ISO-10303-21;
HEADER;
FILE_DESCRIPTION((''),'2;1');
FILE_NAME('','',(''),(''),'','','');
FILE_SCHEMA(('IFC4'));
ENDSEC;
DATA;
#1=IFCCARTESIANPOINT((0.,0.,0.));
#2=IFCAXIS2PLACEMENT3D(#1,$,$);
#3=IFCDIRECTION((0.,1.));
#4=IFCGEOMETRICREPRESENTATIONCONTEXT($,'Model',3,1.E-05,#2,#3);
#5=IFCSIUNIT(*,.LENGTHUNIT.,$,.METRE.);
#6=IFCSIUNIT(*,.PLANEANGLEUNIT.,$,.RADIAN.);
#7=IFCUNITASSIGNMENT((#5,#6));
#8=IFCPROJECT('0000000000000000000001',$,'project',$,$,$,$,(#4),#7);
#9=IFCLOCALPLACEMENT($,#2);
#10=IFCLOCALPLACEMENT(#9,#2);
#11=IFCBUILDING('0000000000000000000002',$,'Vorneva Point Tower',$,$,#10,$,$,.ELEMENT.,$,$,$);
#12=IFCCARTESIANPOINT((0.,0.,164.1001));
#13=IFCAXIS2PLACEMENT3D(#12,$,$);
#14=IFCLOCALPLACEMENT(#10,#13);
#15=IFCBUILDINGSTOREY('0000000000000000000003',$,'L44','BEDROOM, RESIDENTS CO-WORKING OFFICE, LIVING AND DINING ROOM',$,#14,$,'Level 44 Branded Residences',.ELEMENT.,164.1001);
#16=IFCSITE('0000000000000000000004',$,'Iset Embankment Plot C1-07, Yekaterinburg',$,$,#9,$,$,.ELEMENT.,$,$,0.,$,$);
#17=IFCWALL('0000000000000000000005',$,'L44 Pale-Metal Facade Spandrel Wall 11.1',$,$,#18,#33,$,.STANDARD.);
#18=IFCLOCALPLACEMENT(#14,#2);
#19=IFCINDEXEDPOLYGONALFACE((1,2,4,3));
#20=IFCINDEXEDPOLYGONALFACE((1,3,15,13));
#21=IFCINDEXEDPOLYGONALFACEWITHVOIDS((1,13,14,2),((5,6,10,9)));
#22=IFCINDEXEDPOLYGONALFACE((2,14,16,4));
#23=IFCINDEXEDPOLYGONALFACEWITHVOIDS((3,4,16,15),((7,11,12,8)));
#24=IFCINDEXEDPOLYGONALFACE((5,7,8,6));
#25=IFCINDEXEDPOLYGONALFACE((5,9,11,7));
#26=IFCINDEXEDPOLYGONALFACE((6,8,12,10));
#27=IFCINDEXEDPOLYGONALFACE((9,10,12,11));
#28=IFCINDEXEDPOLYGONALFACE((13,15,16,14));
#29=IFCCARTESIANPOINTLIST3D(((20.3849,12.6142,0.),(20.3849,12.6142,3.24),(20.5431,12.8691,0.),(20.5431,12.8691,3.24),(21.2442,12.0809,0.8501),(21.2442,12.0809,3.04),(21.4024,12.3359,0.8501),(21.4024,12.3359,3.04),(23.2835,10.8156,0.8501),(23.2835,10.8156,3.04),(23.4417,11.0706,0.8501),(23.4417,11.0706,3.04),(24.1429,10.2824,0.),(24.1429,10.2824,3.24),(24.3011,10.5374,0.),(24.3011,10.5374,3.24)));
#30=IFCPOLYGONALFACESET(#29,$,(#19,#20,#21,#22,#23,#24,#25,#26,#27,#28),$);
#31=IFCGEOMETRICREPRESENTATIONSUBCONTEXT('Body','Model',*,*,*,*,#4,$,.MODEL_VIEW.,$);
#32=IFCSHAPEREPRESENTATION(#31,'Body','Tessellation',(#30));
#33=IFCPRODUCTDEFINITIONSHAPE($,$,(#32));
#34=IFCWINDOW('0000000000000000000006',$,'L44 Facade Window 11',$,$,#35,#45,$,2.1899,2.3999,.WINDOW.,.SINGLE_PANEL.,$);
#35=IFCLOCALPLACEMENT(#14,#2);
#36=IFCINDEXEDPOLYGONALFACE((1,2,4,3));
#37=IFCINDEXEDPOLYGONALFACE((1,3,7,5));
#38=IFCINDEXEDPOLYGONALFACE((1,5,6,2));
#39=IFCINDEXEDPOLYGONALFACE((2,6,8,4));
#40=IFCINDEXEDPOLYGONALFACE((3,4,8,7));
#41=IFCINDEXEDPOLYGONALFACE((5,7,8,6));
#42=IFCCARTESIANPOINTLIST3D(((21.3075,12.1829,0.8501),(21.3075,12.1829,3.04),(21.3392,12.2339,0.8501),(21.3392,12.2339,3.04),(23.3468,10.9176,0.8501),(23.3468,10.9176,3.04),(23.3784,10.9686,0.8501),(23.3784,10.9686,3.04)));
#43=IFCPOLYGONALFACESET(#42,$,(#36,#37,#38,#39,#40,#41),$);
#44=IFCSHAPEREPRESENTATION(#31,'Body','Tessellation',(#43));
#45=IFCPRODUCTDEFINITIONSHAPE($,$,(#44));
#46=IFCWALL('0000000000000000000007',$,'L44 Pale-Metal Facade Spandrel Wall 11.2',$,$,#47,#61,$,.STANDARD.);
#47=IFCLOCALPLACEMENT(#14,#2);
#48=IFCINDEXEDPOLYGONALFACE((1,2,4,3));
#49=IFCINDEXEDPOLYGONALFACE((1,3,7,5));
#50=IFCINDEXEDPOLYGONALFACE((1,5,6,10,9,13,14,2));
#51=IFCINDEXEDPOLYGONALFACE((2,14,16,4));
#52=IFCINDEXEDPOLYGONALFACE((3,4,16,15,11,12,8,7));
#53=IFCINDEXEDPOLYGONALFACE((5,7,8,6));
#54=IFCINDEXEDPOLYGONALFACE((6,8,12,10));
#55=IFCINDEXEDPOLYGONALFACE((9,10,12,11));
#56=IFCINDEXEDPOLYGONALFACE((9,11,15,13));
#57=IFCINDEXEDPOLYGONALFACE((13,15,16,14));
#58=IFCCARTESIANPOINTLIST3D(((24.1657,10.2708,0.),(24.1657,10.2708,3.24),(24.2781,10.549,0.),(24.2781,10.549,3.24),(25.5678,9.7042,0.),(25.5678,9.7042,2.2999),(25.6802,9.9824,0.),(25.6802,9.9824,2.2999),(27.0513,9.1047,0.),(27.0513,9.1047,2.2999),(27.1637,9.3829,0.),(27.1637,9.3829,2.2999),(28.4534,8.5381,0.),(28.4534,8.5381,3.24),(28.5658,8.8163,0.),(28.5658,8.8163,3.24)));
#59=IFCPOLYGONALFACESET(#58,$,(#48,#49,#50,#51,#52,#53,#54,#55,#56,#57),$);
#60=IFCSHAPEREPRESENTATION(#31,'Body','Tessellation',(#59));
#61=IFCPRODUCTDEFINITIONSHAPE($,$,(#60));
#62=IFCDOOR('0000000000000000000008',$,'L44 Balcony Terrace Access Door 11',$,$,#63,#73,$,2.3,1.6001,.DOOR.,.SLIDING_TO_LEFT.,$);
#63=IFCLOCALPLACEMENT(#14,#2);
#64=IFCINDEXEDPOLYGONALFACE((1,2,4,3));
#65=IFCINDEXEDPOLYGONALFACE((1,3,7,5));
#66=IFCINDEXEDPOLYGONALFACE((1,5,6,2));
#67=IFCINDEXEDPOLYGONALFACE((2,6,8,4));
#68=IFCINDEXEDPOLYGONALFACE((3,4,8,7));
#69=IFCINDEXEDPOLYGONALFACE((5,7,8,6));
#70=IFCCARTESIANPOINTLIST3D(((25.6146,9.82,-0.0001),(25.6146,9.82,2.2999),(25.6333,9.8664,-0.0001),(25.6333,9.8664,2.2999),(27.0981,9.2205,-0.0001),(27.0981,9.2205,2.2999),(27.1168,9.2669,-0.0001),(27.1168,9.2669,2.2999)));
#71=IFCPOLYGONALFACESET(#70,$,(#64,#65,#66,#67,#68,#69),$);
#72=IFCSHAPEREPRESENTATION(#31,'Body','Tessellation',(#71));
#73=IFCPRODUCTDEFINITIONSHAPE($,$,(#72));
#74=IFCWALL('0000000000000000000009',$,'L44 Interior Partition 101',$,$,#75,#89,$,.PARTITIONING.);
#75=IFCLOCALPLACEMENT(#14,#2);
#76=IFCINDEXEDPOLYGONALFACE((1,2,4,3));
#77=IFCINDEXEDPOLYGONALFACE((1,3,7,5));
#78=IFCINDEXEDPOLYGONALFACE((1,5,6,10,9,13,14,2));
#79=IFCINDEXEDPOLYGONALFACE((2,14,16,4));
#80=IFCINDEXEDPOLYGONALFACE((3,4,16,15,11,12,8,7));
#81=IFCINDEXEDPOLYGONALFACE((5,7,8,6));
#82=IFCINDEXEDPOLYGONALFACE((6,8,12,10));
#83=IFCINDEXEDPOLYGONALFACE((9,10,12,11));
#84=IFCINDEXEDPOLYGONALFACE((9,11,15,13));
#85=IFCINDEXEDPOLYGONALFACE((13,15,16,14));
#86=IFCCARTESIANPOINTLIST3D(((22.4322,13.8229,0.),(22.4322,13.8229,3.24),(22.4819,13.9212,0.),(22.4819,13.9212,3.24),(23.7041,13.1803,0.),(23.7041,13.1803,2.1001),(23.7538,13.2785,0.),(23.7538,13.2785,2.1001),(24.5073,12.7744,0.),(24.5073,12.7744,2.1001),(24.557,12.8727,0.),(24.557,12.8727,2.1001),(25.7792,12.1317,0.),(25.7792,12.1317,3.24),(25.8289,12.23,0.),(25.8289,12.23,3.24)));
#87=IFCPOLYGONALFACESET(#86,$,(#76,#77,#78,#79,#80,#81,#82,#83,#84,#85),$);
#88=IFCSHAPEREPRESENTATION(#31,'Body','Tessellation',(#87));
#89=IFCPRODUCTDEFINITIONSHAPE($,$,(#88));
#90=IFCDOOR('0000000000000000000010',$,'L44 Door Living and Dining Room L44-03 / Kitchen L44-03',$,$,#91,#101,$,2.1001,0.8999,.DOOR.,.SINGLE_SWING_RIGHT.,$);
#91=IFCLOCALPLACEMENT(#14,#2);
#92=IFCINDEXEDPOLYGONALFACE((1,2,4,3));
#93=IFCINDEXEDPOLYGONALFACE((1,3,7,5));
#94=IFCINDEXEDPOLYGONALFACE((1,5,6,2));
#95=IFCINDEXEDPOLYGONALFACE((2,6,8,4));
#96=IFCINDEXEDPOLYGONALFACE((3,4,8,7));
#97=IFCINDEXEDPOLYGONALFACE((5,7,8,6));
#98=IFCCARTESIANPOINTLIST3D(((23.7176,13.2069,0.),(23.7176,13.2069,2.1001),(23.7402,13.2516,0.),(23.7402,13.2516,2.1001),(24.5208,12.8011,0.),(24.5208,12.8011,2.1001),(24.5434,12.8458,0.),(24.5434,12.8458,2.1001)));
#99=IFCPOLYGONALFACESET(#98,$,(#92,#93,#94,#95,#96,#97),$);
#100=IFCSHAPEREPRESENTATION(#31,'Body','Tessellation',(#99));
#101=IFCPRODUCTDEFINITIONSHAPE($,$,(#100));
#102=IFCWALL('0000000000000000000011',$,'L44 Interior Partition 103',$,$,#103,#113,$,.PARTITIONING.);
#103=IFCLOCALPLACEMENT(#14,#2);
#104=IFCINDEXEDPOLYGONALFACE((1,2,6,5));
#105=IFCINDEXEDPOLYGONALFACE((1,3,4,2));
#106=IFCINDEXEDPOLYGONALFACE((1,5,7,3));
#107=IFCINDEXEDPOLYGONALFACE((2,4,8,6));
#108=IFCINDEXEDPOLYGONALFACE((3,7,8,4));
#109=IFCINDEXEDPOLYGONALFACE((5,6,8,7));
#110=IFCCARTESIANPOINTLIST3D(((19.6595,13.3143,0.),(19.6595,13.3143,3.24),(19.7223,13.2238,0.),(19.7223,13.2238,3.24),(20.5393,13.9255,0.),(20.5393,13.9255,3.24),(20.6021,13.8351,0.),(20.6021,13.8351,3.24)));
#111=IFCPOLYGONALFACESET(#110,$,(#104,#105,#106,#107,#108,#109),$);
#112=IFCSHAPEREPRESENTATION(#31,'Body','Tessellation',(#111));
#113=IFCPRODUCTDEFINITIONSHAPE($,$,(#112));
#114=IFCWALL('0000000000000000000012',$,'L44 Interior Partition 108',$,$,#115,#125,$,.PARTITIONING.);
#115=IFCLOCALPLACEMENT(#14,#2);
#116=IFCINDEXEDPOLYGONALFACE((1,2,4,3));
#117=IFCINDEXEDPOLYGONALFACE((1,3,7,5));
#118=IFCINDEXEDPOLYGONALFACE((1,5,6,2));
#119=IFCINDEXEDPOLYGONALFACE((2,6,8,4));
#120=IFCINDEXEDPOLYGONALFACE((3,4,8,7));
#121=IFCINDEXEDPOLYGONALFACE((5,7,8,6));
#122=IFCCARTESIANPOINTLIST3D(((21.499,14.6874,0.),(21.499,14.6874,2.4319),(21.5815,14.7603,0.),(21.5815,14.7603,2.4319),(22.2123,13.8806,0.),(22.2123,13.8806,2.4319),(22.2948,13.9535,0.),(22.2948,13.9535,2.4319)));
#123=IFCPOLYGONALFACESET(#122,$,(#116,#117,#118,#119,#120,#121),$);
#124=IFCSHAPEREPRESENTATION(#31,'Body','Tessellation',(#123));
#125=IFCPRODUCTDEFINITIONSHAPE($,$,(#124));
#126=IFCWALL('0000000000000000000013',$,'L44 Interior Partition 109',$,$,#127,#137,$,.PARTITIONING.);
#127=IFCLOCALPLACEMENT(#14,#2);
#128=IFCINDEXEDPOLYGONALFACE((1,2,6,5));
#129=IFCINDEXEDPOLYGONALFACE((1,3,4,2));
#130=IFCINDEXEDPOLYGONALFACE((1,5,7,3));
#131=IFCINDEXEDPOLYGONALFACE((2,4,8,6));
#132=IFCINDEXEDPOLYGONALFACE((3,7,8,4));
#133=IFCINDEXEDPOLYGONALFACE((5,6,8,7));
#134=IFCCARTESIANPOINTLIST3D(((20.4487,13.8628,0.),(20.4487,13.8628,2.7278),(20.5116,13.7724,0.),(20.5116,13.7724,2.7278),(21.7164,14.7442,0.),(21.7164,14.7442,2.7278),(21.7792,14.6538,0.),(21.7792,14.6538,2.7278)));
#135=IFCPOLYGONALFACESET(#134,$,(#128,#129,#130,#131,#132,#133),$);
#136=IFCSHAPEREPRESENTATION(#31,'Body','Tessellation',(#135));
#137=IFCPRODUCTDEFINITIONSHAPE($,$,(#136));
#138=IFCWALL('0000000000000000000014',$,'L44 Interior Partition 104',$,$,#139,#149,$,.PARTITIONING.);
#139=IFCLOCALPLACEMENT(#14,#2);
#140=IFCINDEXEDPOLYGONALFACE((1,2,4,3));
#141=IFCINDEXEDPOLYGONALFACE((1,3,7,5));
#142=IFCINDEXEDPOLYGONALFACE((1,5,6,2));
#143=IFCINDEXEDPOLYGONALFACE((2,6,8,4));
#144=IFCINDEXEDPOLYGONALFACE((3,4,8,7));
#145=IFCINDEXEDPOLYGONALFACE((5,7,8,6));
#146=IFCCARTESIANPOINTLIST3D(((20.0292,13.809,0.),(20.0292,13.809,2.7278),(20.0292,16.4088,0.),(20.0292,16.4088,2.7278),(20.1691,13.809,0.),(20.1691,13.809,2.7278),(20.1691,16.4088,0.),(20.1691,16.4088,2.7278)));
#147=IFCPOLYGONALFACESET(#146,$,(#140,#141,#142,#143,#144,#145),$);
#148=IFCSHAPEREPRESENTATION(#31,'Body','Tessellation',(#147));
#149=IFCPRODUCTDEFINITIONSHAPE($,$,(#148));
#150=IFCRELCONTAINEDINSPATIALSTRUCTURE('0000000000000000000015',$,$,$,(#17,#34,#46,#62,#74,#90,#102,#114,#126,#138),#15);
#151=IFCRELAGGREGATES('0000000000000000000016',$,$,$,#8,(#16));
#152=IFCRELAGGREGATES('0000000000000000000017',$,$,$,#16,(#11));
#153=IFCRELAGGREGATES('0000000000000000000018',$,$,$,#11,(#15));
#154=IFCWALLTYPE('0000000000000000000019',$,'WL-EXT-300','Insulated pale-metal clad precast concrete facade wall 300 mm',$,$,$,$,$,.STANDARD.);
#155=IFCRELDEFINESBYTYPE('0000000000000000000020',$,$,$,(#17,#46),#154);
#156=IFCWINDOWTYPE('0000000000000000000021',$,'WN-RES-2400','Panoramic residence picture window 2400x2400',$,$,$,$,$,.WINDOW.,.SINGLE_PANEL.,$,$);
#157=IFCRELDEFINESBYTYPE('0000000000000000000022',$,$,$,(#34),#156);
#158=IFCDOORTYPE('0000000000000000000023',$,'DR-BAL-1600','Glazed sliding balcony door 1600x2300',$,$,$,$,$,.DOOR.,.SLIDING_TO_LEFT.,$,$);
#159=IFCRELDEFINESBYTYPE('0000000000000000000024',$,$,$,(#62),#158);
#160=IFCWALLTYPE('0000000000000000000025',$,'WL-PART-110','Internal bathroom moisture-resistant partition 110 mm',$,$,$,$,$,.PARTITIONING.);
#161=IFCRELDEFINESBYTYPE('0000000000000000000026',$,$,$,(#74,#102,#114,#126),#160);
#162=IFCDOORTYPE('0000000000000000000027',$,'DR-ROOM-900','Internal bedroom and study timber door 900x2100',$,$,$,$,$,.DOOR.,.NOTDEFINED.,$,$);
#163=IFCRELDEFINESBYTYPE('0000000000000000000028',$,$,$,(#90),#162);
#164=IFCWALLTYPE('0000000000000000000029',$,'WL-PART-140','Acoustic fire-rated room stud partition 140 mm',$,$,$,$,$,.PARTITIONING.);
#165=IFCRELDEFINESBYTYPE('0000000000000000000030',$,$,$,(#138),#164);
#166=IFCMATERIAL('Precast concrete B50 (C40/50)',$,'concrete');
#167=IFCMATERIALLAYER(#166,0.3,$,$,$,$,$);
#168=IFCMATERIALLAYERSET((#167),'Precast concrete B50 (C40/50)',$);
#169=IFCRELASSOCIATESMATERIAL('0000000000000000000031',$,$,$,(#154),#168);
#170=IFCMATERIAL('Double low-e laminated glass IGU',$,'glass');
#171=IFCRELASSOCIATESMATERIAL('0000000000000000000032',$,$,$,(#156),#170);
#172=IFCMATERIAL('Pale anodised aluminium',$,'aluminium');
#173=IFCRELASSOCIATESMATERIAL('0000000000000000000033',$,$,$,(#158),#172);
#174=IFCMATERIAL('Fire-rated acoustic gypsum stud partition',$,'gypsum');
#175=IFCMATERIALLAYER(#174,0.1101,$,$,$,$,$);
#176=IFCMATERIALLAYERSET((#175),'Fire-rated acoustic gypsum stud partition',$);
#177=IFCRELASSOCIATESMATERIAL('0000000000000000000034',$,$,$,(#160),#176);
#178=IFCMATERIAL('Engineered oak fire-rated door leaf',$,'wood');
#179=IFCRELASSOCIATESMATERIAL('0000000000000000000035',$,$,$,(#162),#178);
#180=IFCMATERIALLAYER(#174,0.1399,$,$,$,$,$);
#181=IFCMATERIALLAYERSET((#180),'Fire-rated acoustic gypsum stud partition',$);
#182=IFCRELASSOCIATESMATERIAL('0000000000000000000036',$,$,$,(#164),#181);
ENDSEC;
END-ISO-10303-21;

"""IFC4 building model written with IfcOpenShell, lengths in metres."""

from ifc_helpers import new_model, si_unit, direction, frame, frame_2d, origin, place, context, subcontext, project, spatial, rectangle, extrude, material, layer, layer_set, type_object, element, fill, save


model = new_model("IFC4")

# Units and contexts
model_context = context("Model", 3, precision=1e-05, world=origin(), true_north=direction((0.0, 1.0)))
body_context = subcontext(model_context, "Body", "Model", "MODEL_VIEW")
ifc_project = project(units=[si_unit("LENGTHUNIT", "METRE"), si_unit("PLANEANGLEUNIT", "RADIAN")], contexts=[model_context])

# Site, building, storey
site_placement = place(None, origin())
site = spatial("IfcSite", under=ifc_project, at=site_placement, Name="Iset Embankment Plot C1-07, Yekaterinburg", CompositionType="ELEMENT", RefElevation=0.0)
building_placement = place(site_placement, origin())
building = spatial("IfcBuilding", under=site, at=building_placement, Name="Vorneva Point Tower", CompositionType="ELEMENT")
storey_placement = place(building_placement, frame((0.0, 0.0, 164.1001)))
storey = spatial("IfcBuildingStorey", under=building, at=storey_placement, Name="L44", Description="BEDROOM, RESIDENTS CO-WORKING OFFICE, LIVING AND DINING ROOM", LongName="Level 44 Branded Residences", CompositionType="ELEMENT", Elevation=164.1001)

# Shared definitions
ifc_material_1 = material(Name="Pale anodised aluminium", Category="aluminium")
ifc_material_2 = material(Name="Double low-e laminated glass IGU", Category="glass")

# Wall, opening, window
ifc_material_3 = material(Name="Precast concrete B50 (C40/50)", Category="concrete")
ifc_layer_1 = layer(ifc_material_3, 0.3)
ifc_layer_set_1 = layer_set([ifc_layer_1], Name="Precast concrete B50 (C40/50)")
wall_type_1 = type_object("IfcWallType", Name="WL-EXT-300", Description="Insulated pale-metal clad precast concrete facade wall 300 mm", PredefinedType="STANDARD", material=ifc_layer_set_1)
wall_1_placement = place(storey_placement, frame((20.4639, 12.7417, 0.0), z_axis=(0.0, 0.0, 1.0), x_axis=(0.849721, -0.527232, 0.0)))
wall_1 = element("IfcWall", 1, at=wall_1_placement, inside=storey, type_object=wall_type_1, Name="L44 Pale-Metal Facade Spandrel Wall 11.1", PredefinedType="STANDARD", context=body_context, shape_type="SweptSolid", body=[
    extrude(rectangle(XDim=4.4226, YDim=0.3, at=frame_2d((2.2114, 0.0))), origin(), (0.0, 0.0, 1.0), 3.24),
])
opening_1_placement = place(wall_1_placement, frame((1.0115, 0.0, 0.8501)))
opening_1 = element("IfcOpeningElement", 2, at=opening_1_placement, cuts=wall_1, PredefinedType="OPENING", context=body_context, shape_type="SweptSolid", body=[
    extrude(rectangle(XDim=2.3999, YDim=2.1899, at=frame_2d((1.2, 1.095))), frame((0.0, 0.165, 0.0), z_axis=(0.0, -1.0, 0.0), x_axis=(1.0, 0.0, 0.0)), (0.0, 0.0, 1.0), 0.3298),
])
window_type = type_object("IfcWindowType", Name="WN-RES-2400", Description="Panoramic residence picture window 2400x2400", PartitioningType="SINGLE_PANEL", PredefinedType="WINDOW", material=ifc_material_2)
window_placement = place(opening_1_placement, origin())
window = element("IfcWindow", 3, at=window_placement, inside=storey, type_object=window_type, Name="L44 Facade Window 11", OverallHeight=2.1899, OverallWidth=2.3999, PartitioningType="SINGLE_PANEL", PredefinedType="WINDOW", context=body_context, shape_type="SweptSolid", body=[
    extrude(rectangle(XDim=2.3999, YDim=2.1899, at=frame_2d((1.2, 1.095))), frame((0.0, 0.03, 0.0), z_axis=(0.0, -1.0, 0.0), x_axis=(1.0, 0.0, 0.0)), (0.0, 0.0, 1.0), 0.0601),
])
fill(opening_1, window)

# Walls, openings, doors
wall_2_placement = place(storey_placement, frame((24.2219, 10.4099, 0.0), z_axis=(0.0, 0.0, 1.0), x_axis=(0.927157, -0.374674, 0.0)))
wall_2 = element("IfcWall", 4, at=wall_2_placement, inside=storey, type_object=wall_type_1, Name="L44 Pale-Metal Facade Spandrel Wall 11.2", PredefinedType="STANDARD", context=body_context, shape_type="SweptSolid", body=[
    extrude(rectangle(XDim=4.6245, YDim=0.3, at=frame_2d((2.3123, 0.0))), origin(), (0.0, 0.0, 1.0), 3.24),
])
opening_2_placement = place(wall_2_placement, frame((1.5122, 0.0, 0.0)))
opening_2 = element("IfcOpeningElement", 5, at=opening_2_placement, cuts=wall_2, PredefinedType="OPENING", context=body_context, shape_type="SweptSolid", body=[
    extrude(rectangle(XDim=1.6001, YDim=2.3, at=frame_2d((0.8, 1.1499))), frame((0.0, 0.165, 0.0), z_axis=(0.0, -1.0, 0.0), x_axis=(1.0, 0.0, 0.0)), (0.0, 0.0, 1.0), 0.3298),
])
door_type_1 = type_object("IfcDoorType", Name="DR-BAL-1600", Description="Glazed sliding balcony door 1600x2300", OperationType="SLIDING_TO_LEFT", PredefinedType="DOOR", material=ifc_material_1)
door_1_placement = place(opening_2_placement, origin())
door_1 = element("IfcDoor", 6, at=door_1_placement, inside=storey, type_object=door_type_1, Name="L44 Balcony Terrace Access Door 11", OperationType="SLIDING_TO_LEFT", OverallHeight=2.3, OverallWidth=1.6001, PredefinedType="DOOR", context=body_context, shape_type="SweptSolid", body=[
    extrude(rectangle(XDim=1.6001, YDim=2.3, at=frame_2d((0.8, 1.1499))), frame((0.0, 0.0249, 0.0), z_axis=(0.0, -1.0, 0.0), x_axis=(1.0, 0.0, 0.0)), (0.0, 0.0, 1.0), 0.05),
])
fill(opening_2, door_1)
ifc_material_4 = material(Name="Fire-rated acoustic gypsum stud partition", Category="gypsum")
ifc_layer_2 = layer(ifc_material_4, 0.1101)
ifc_layer_set_2 = layer_set([ifc_layer_2], Name="Fire-rated acoustic gypsum stud partition")
wall_type_2 = type_object("IfcWallType", Name="WL-PART-110", Description="Internal bathroom moisture-resistant partition 110 mm", PredefinedType="PARTITIONING", material=ifc_layer_set_2)
wall_3_placement = place(storey_placement, frame((22.457, 13.8721, 0.0), z_axis=(0.0, 0.0, 1.0), x_axis=(0.892531, -0.450986, 0.0)))
wall_3 = element("IfcWall", 7, at=wall_3_placement, inside=storey, type_object=wall_type_2, Name="L44 Interior Partition 101", PredefinedType="PARTITIONING", context=body_context, shape_type="SweptSolid", body=[
    extrude(rectangle(XDim=3.75, YDim=0.1101, at=frame_2d((1.875, 0.0))), origin(), (0.0, 0.0, 1.0), 3.24),
])
opening_3_placement = place(wall_3_placement, frame((1.425, 0.0, 0.0)))
opening_3 = element("IfcOpeningElement", 8, at=opening_3_placement, cuts=wall_3, PredefinedType="OPENING", context=body_context, shape_type="SweptSolid", body=[
    extrude(rectangle(XDim=0.8999, YDim=2.1001, at=frame_2d((0.45, 1.05))), frame((0.0, 0.0698, 0.0), z_axis=(0.0, -1.0, 0.0), x_axis=(1.0, 0.0, 0.0)), (0.0, 0.0, 1.0), 0.1399),
])
ifc_material_5 = material(Name="Engineered oak fire-rated door leaf", Category="wood")
door_type_2 = type_object("IfcDoorType", Name="DR-ROOM-900", Description="Internal bedroom and study timber door 900x2100", OperationType="NOTDEFINED", PredefinedType="DOOR", material=ifc_material_5)
door_2_placement = place(opening_3_placement, origin())
door_2 = element("IfcDoor", 9, at=door_2_placement, inside=storey, type_object=door_type_2, Name="L44 Door Living and Dining Room L44-03 / Kitchen L44-03", OperationType="SINGLE_SWING_RIGHT", OverallHeight=2.1001, OverallWidth=0.8999, PredefinedType="DOOR", context=body_context, shape_type="SweptSolid", body=[
    extrude(rectangle(XDim=0.8999, YDim=2.1001, at=frame_2d((0.45, 1.05))), frame((0.0, 0.0249, 0.0), z_axis=(0.0, -1.0, 0.0), x_axis=(1.0, 0.0, 0.0)), (0.0, 0.0, 1.0), 0.05),
])
fill(opening_3, door_2)

# Walls
wall_4_placement = place(storey_placement, frame((19.6909, 13.269, 0.0), z_axis=(0.0, 0.0, 1.0), x_axis=(0.821239, 0.570584, 0.0)))
element("IfcWall", 10, at=wall_4_placement, inside=storey, type_object=wall_type_2, Name="L44 Interior Partition 103", PredefinedType="PARTITIONING", context=body_context, shape_type="SweptSolid", body=[
    extrude(rectangle(XDim=1.0713, YDim=0.1101, at=frame_2d((0.5356, 0.0))), origin(), (0.0, 0.0, 1.0), 3.24),
])
wall_5_placement = place(storey_placement, frame((22.2537, 13.917, 0.0), z_axis=(0.0, 0.0, 1.0), x_axis=(-0.662364, 0.749183, 0.0)))
element("IfcWall", 11, at=wall_5_placement, inside=storey, type_object=wall_type_2, Name="L44 Interior Partition 108", PredefinedType="PARTITIONING", context=body_context, shape_type="SweptSolid", body=[
    extrude(rectangle(XDim=1.0769, YDim=0.1101, at=frame_2d((0.5386, 0.0))), origin(), (0.0, 0.0, 1.0), 2.4319),
])
wall_6_placement = place(storey_placement, frame((21.7478, 14.699, 0.0), z_axis=(0.0, 0.0, 1.0), x_axis=(-0.821041, -0.57087, 0.0)))
element("IfcWall", 12, at=wall_6_placement, inside=storey, type_object=wall_type_2, Name="L44 Interior Partition 109", PredefinedType="PARTITIONING", context=body_context, shape_type="SweptSolid", body=[
    extrude(rectangle(XDim=1.5439, YDim=0.1101, at=frame_2d((0.772, 0.0))), origin(), (0.0, 0.0, 1.0), 2.7278),
])
ifc_layer_3 = layer(ifc_material_4, 0.1399)
ifc_layer_set_3 = layer_set([ifc_layer_3], Name="Fire-rated acoustic gypsum stud partition")
wall_type_3 = type_object("IfcWallType", Name="WL-PART-140", Description="Acoustic fire-rated room stud partition 140 mm", PredefinedType="PARTITIONING", material=ifc_layer_set_3)
wall_7_placement = place(storey_placement, frame((20.0991, 13.8091, 0.0), z_axis=(0.0, 0.0, 1.0), x_axis=(0.0, 1.0, 0.0)))
element("IfcWall", 13, at=wall_7_placement, inside=storey, type_object=wall_type_3, Name="L44 Interior Partition 104", PredefinedType="PARTITIONING", context=body_context, shape_type="SweptSolid", body=[
    extrude(rectangle(XDim=2.5999, YDim=0.1399, at=frame_2d((1.2998, 0.0))), origin(), (0.0, 0.0, 1.0), 2.7278),
])

save(model, "model.ifc")
